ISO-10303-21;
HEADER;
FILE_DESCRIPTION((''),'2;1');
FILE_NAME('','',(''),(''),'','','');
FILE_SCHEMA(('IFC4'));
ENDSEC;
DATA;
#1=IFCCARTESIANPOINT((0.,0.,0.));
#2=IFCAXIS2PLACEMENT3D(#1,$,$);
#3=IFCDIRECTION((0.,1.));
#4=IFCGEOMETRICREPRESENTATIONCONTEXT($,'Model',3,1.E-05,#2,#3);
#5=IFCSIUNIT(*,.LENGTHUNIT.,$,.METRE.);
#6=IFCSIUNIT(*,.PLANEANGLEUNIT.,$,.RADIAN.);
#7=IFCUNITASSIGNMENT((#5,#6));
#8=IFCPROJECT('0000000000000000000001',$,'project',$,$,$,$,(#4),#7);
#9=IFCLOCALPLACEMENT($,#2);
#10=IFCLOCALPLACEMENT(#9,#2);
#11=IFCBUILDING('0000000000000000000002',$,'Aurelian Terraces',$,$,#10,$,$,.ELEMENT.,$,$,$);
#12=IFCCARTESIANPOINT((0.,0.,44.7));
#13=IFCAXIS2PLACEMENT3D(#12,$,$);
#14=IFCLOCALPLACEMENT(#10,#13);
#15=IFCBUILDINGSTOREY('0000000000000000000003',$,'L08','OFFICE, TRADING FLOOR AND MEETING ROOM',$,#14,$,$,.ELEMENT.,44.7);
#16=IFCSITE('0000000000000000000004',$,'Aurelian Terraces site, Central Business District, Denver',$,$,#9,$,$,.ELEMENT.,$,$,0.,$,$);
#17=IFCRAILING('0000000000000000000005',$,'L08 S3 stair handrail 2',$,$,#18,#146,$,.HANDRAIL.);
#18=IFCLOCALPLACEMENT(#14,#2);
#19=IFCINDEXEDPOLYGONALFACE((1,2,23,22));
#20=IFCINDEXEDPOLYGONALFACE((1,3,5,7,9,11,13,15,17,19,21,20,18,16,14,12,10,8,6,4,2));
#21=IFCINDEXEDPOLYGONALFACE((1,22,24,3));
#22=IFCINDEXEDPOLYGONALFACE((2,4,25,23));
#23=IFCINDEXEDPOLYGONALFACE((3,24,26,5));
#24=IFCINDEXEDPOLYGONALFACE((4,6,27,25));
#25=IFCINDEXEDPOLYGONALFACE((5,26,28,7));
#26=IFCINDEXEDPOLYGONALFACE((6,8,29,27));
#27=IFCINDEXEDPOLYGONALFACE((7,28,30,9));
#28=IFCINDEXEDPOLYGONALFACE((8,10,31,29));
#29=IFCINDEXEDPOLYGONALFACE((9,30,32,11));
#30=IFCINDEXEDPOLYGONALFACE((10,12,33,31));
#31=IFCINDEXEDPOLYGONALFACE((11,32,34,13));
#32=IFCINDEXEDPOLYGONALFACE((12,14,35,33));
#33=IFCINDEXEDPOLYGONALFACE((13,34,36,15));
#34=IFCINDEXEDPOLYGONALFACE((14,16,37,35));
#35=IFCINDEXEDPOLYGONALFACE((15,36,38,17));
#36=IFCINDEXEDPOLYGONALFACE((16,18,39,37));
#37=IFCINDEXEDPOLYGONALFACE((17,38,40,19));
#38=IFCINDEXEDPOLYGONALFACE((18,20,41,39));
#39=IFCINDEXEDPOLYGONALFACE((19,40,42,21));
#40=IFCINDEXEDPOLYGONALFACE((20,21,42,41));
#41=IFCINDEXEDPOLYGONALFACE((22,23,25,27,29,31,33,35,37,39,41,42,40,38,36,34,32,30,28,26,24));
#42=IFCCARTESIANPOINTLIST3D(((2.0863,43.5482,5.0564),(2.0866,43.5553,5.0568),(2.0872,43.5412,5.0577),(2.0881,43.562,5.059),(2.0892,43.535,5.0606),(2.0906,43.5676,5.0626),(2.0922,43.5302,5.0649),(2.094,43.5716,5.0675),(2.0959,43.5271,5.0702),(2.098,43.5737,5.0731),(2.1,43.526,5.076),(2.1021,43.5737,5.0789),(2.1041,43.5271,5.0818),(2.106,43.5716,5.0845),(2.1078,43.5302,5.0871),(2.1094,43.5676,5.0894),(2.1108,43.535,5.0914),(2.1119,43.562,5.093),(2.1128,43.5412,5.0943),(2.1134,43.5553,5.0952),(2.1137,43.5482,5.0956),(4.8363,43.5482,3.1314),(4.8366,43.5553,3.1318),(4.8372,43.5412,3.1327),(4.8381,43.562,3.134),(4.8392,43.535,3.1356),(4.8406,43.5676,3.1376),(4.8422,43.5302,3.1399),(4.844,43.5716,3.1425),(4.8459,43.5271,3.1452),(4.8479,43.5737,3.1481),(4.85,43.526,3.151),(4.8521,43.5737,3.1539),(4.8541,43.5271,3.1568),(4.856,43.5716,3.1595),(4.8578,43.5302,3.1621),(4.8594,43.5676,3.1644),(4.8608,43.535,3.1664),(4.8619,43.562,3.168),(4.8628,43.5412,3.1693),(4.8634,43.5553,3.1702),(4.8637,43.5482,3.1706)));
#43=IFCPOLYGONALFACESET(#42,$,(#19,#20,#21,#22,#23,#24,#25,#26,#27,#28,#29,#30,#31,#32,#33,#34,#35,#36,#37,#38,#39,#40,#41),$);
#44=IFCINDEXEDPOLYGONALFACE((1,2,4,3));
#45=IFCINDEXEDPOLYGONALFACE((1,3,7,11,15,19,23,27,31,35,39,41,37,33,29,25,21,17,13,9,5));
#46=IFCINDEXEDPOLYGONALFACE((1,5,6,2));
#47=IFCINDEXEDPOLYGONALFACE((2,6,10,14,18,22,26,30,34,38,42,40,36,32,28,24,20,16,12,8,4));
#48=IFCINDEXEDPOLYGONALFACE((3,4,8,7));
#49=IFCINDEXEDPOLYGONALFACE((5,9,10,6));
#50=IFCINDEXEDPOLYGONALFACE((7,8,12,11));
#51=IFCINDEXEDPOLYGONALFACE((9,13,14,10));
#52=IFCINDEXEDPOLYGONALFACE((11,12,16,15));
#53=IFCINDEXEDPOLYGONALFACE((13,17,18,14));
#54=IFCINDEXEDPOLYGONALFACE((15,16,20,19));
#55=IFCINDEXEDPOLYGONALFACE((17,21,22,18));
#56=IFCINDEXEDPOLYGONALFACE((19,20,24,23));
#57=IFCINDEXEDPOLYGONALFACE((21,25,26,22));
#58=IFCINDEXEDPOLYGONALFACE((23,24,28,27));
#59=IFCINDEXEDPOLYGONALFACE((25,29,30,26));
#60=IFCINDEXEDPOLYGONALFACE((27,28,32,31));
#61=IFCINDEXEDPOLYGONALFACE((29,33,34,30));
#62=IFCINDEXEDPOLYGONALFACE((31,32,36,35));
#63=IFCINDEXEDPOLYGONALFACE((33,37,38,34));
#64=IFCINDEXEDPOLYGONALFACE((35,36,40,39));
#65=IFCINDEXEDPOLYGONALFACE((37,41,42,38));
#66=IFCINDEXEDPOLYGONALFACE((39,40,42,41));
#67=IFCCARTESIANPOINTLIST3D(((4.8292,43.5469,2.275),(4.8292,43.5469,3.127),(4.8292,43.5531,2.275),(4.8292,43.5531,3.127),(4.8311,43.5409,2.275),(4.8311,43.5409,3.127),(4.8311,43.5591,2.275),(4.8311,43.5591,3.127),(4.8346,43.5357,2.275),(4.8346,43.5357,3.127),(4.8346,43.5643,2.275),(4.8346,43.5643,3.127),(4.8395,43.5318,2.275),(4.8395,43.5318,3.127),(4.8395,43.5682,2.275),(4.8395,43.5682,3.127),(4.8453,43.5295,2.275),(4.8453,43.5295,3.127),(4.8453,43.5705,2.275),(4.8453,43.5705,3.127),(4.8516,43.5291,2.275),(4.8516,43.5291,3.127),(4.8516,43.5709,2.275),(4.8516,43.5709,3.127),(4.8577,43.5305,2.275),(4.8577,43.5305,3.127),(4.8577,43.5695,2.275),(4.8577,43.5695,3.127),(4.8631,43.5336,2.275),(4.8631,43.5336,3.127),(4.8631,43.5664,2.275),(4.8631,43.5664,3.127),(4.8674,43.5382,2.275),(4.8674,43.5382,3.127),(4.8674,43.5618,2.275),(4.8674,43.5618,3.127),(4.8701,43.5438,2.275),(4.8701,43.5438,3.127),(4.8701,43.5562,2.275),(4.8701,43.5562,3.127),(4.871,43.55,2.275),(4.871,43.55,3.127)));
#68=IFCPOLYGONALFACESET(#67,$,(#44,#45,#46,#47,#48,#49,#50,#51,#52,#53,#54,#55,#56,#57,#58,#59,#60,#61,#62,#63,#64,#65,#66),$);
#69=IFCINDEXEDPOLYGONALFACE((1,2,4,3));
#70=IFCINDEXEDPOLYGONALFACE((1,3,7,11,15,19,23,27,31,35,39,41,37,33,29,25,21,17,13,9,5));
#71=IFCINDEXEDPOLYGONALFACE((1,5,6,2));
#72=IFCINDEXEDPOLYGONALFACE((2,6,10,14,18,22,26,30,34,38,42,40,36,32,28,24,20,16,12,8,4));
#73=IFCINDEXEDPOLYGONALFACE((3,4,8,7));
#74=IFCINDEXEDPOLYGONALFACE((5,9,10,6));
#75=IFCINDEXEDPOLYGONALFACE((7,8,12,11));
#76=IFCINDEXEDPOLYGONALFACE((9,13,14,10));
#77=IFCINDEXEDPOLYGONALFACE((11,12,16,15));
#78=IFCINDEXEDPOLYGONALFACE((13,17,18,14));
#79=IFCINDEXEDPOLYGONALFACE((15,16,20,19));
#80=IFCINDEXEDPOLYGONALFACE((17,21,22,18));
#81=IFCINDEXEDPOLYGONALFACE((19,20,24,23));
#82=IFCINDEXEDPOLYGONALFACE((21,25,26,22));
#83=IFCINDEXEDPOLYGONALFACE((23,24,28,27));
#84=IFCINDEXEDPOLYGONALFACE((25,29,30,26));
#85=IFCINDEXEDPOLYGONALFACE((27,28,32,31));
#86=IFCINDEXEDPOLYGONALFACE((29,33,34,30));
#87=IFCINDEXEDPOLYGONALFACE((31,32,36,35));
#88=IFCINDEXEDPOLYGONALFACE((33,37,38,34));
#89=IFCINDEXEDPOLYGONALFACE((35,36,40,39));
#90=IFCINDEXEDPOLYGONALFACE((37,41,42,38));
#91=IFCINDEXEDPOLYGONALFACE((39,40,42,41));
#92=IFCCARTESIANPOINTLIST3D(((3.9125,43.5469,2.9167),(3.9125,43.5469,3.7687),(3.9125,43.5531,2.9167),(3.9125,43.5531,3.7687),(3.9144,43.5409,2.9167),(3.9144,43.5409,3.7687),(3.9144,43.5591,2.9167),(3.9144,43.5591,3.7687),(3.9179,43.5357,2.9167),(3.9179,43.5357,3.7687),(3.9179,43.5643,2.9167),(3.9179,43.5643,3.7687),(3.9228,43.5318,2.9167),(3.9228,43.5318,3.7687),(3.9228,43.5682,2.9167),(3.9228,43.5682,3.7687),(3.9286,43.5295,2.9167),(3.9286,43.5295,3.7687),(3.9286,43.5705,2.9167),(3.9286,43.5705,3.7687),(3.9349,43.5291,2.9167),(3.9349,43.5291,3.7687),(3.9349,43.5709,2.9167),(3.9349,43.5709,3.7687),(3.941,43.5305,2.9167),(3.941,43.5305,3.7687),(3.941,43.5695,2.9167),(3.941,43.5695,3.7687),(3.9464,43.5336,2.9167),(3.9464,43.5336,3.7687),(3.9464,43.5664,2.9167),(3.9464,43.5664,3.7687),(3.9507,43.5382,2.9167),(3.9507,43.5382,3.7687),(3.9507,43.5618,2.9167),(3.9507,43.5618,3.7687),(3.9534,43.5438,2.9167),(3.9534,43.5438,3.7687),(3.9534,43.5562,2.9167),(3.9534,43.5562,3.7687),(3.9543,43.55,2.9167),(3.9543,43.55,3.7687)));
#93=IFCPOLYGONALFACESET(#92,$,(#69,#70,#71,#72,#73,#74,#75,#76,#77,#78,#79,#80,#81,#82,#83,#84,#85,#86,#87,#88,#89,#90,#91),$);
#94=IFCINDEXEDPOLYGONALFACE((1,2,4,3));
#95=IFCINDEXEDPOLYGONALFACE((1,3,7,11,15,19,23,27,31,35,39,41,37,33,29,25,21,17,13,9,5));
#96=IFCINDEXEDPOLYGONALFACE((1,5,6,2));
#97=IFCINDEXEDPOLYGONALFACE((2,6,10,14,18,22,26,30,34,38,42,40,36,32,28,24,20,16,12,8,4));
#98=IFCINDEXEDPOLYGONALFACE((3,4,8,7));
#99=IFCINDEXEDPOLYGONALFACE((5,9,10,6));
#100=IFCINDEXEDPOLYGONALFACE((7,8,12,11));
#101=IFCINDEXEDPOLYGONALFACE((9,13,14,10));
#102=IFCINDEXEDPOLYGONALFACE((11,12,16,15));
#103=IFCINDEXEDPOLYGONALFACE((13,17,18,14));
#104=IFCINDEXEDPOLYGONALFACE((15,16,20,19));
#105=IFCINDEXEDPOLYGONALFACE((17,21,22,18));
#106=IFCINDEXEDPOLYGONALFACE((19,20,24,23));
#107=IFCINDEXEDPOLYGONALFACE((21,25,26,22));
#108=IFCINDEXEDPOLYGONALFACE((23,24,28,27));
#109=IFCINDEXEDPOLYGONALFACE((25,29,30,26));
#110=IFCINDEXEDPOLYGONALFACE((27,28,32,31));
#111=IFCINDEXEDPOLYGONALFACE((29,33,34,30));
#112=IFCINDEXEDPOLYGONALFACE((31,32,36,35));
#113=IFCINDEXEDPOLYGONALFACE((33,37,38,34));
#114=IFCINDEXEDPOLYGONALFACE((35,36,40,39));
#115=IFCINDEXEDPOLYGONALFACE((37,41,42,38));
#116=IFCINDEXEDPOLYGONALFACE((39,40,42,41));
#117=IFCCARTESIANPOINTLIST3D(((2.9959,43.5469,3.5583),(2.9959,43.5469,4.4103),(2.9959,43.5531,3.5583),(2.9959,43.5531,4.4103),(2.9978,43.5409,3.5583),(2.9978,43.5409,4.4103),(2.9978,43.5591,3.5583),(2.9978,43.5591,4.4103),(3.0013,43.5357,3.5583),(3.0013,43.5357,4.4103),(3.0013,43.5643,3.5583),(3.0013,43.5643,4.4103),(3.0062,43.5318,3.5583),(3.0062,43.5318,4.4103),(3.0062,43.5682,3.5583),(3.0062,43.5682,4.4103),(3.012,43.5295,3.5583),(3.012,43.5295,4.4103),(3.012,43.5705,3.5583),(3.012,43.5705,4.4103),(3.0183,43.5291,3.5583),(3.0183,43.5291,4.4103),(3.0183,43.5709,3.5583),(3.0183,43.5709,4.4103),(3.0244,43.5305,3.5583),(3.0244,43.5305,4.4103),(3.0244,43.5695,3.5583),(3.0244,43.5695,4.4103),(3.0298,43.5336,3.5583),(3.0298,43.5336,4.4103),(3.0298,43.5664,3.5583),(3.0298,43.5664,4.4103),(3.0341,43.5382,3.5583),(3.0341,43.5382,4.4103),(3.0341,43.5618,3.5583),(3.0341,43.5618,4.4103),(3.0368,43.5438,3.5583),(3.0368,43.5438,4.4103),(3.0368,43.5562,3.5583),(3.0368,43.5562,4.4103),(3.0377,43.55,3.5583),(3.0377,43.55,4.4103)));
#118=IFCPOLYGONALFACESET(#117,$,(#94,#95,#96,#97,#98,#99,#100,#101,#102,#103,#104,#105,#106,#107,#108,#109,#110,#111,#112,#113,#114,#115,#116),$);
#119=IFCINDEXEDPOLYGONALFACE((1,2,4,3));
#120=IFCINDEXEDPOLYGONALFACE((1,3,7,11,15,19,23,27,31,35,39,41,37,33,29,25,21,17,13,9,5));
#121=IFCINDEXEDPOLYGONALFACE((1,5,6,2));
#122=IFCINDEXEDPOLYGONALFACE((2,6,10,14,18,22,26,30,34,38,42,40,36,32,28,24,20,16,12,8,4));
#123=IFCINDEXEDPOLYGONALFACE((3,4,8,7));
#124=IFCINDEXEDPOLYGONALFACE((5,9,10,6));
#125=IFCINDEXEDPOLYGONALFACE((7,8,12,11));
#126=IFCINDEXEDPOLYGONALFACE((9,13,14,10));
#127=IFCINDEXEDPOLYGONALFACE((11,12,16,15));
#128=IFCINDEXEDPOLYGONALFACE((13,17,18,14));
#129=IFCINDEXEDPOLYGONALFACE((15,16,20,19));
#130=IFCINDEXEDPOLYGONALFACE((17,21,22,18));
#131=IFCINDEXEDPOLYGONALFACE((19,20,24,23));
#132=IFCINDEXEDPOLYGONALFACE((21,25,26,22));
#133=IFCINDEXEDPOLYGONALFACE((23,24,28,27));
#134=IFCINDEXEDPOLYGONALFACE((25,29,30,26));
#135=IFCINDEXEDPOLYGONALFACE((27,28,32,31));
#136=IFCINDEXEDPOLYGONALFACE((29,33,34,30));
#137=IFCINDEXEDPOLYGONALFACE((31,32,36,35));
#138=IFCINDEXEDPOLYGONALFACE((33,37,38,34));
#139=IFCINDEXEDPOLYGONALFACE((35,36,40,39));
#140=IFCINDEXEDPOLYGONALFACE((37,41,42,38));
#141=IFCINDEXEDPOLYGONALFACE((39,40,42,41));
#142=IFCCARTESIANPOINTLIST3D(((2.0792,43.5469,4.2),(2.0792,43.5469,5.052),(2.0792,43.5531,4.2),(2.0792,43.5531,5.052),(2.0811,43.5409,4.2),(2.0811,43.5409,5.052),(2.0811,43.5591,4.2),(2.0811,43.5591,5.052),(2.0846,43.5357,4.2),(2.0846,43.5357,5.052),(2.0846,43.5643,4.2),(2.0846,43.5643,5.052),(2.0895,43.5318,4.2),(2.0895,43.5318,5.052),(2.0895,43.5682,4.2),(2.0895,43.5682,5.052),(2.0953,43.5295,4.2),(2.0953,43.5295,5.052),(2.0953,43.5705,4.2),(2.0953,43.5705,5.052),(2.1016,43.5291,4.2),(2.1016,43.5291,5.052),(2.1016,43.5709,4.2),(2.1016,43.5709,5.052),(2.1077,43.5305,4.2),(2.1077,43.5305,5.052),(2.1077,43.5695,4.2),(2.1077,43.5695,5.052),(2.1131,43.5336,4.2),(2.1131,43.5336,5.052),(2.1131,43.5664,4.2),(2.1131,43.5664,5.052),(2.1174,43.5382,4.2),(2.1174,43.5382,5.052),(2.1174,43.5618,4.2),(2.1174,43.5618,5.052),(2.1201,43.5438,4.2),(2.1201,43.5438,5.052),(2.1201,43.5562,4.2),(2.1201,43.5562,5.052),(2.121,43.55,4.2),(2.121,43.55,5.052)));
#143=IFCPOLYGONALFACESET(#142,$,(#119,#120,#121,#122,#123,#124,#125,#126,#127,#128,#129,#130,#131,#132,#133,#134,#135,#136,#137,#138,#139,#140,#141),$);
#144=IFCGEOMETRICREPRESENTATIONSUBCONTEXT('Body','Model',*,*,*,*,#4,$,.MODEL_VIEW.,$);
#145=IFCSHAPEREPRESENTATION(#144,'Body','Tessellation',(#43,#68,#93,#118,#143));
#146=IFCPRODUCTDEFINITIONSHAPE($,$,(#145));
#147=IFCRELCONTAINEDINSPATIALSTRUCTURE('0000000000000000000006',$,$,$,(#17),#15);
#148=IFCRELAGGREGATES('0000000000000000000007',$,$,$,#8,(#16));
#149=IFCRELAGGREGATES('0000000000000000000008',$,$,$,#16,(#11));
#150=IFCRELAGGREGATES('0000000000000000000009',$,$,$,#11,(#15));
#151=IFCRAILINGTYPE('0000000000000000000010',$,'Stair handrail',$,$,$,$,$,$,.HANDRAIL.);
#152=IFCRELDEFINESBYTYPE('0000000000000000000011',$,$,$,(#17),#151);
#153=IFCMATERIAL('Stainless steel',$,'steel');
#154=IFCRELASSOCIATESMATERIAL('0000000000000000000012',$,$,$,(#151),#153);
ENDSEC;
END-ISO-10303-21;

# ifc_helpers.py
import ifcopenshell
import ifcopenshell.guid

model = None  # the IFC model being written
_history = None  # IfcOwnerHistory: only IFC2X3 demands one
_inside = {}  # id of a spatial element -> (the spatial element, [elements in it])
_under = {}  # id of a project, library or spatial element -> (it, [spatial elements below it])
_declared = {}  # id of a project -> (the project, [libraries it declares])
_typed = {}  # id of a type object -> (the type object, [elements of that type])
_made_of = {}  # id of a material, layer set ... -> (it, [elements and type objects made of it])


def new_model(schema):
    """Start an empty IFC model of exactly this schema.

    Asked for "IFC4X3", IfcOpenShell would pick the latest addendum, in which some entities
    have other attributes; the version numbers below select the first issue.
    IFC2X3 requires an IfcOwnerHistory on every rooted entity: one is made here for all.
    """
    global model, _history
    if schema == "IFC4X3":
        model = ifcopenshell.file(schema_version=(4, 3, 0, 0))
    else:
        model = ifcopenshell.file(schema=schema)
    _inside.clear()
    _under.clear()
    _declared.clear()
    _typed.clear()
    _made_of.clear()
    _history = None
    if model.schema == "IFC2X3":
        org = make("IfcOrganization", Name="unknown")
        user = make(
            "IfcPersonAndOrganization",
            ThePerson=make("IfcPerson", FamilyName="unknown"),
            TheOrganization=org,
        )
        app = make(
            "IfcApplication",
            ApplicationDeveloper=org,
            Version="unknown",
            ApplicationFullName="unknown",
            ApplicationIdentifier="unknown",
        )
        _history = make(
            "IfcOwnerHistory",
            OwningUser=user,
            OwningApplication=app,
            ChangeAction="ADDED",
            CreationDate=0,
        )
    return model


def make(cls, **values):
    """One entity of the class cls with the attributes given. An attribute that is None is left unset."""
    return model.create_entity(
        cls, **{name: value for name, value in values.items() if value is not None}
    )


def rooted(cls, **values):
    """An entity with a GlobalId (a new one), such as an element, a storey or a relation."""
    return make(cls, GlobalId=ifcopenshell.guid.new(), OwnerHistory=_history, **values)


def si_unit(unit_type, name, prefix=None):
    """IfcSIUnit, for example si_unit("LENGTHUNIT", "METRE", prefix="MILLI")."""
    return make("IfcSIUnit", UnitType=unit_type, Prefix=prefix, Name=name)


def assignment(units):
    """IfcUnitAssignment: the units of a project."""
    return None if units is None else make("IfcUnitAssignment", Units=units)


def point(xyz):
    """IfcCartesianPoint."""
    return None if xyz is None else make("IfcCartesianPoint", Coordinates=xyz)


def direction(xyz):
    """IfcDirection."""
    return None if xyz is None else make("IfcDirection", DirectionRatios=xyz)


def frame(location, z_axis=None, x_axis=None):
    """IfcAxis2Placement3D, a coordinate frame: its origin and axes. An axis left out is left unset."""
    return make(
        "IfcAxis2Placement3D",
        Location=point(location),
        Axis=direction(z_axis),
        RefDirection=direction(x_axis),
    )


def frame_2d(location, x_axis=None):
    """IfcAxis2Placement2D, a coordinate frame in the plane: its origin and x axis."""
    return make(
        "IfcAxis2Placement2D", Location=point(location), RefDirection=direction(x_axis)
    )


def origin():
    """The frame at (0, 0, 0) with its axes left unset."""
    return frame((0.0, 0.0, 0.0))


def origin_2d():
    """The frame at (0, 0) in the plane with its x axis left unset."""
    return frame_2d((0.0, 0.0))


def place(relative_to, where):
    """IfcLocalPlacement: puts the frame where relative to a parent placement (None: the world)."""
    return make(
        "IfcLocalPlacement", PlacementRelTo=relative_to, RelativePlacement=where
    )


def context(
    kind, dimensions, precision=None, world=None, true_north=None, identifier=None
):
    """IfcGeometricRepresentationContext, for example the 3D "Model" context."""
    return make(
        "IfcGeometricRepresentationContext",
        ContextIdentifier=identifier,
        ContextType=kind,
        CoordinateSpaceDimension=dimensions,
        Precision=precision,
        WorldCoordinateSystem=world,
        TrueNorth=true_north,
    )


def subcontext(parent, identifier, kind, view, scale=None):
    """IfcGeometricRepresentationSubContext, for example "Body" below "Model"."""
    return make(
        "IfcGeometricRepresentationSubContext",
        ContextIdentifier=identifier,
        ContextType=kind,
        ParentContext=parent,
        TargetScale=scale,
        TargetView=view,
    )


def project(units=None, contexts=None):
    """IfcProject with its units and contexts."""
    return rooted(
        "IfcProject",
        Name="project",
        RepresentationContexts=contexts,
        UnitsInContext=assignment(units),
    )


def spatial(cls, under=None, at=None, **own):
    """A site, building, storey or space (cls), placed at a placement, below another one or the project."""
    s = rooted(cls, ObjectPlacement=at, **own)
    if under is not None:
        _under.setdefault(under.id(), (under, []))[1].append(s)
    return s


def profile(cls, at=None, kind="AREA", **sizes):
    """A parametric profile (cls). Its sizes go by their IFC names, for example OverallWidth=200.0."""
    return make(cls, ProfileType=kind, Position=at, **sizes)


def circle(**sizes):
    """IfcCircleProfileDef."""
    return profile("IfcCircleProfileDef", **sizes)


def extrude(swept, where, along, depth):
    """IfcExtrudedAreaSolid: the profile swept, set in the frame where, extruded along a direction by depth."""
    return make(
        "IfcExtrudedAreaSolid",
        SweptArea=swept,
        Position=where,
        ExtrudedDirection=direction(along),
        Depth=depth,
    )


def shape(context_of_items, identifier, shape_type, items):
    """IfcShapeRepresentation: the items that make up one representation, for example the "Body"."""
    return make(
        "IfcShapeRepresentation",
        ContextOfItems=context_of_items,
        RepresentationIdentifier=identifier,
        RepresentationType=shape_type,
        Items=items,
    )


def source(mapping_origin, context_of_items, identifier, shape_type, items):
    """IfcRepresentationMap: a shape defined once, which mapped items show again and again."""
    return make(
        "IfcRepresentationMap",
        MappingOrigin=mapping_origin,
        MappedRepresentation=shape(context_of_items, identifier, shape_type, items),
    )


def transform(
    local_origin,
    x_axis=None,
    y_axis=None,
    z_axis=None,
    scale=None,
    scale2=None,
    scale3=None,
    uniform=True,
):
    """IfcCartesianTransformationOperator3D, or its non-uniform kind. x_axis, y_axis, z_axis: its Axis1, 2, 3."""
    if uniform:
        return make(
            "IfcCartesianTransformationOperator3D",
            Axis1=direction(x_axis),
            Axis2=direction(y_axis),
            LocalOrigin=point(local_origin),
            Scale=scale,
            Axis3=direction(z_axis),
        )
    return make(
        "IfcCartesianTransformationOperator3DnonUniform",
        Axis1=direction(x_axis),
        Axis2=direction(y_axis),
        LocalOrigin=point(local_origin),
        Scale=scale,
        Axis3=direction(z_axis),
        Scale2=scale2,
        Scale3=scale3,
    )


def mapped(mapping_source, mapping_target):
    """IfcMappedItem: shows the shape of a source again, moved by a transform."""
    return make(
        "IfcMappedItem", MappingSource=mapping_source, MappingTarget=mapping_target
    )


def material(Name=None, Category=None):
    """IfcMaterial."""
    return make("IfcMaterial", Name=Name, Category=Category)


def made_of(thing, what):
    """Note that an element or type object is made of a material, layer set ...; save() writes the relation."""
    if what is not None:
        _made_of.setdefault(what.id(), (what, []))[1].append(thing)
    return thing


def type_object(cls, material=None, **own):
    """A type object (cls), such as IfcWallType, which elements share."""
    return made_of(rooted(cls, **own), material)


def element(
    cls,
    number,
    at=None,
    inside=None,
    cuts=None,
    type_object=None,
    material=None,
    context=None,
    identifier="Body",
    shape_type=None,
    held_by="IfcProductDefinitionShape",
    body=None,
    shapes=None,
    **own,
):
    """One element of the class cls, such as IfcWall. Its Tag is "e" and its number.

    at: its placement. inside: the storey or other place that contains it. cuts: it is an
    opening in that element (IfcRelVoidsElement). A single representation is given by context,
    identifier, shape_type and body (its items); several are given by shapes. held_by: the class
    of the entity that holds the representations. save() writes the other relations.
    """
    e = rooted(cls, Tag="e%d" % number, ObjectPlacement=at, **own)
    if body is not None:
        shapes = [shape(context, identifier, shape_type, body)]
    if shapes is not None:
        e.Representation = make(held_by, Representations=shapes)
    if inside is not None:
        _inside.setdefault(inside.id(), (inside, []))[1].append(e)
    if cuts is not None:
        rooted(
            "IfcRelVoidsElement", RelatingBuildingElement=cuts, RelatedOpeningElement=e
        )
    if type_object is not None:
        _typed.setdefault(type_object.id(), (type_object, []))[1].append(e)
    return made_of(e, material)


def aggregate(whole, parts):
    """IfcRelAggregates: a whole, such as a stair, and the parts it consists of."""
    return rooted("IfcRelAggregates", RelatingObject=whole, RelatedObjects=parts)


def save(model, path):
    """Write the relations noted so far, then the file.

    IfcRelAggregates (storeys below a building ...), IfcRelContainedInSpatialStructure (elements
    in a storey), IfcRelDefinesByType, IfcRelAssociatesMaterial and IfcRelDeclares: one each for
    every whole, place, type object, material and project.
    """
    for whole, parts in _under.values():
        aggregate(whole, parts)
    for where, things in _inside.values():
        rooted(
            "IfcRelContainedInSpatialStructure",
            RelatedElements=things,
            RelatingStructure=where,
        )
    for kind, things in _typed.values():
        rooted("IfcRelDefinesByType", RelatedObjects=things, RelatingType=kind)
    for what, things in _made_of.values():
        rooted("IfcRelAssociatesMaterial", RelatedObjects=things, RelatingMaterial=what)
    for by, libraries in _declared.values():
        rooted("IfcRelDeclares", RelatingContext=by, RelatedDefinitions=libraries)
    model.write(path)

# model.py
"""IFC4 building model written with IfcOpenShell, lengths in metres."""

from ifc_helpers import new_model, si_unit, direction, frame, origin, origin_2d, place, context, subcontext, project, spatial, circle, extrude, source, transform, mapped, material, type_object, element, save


model = new_model("IFC4")

# Units and contexts
model_context = context("Model", 3, precision=1e-05, world=origin(), true_north=direction((0.0, 1.0)))
body_context = subcontext(model_context, "Body", "Model", "MODEL_VIEW")
ifc_project = project(units=[si_unit("LENGTHUNIT", "METRE"), si_unit("PLANEANGLEUNIT", "RADIAN")], contexts=[model_context])

# Site, building, storey
site_placement = place(None, origin())
site = spatial("IfcSite", under=ifc_project, at=site_placement, Name="Aurelian Terraces site, Central Business District, Denver", CompositionType="ELEMENT", RefElevation=0.0)
building_placement = place(site_placement, origin())
building = spatial("IfcBuilding", under=site, at=building_placement, Name="Aurelian Terraces", CompositionType="ELEMENT")
storey_placement = place(building_placement, frame((0.0, 0.0, 44.7)))
storey = spatial("IfcBuildingStorey", under=building, at=storey_placement, Name="L08", Description="OFFICE, TRADING FLOOR AND MEETING ROOM", CompositionType="ELEMENT", Elevation=44.7)

# Railing
ifc_material_1 = material(Name="Stainless steel", Category="steel")
railing_type_1 = type_object("IfcRailingType", Name="Stair handrail", PredefinedType="HANDRAIL", material=ifc_material_1)
shared_shape_1 = source(origin(), body_context, "Body", "SweptSolid", [
    extrude(circle(Radius=0.024, at=origin_2d()), frame((0.0, 0.0, 0.876), z_axis=(-0.819232, 0.0, 0.573462), x_axis=(0.0, -1.0, 0.0)), (0.0, 0.0, 1.0), 3.3568),
    extrude(circle(Radius=0.021, at=origin_2d()), origin(), (0.0, 0.0, 1.0), 0.852),
    extrude(circle(Radius=0.021, at=origin_2d()), frame((-0.9167, 0.0, 0.6417)), (0.0, 0.0, 1.0), 0.852),
    extrude(circle(Radius=0.021, at=origin_2d()), frame((-1.8333, 0.0, 1.2833)), (0.0, 0.0, 1.0), 0.852),
    extrude(circle(Radius=0.021, at=origin_2d()), frame((-2.75, 0.0, 1.925)), (0.0, 0.0, 1.0), 0.852),
])
railing_1_placement = place(storey_placement, frame((4.85, 43.55, 2.275)))
element("IfcRailing", 1, at=railing_1_placement, inside=storey, type_object=railing_type_1, Name="L08 S3 stair handrail 2", PredefinedType="HANDRAIL", context=body_context, shape_type="MappedRepresentation", body=[
    mapped(shared_shape_1, transform((0.0, 0.0, 0.0), scale=1.0)),
])

save(model, "model.ifc")
